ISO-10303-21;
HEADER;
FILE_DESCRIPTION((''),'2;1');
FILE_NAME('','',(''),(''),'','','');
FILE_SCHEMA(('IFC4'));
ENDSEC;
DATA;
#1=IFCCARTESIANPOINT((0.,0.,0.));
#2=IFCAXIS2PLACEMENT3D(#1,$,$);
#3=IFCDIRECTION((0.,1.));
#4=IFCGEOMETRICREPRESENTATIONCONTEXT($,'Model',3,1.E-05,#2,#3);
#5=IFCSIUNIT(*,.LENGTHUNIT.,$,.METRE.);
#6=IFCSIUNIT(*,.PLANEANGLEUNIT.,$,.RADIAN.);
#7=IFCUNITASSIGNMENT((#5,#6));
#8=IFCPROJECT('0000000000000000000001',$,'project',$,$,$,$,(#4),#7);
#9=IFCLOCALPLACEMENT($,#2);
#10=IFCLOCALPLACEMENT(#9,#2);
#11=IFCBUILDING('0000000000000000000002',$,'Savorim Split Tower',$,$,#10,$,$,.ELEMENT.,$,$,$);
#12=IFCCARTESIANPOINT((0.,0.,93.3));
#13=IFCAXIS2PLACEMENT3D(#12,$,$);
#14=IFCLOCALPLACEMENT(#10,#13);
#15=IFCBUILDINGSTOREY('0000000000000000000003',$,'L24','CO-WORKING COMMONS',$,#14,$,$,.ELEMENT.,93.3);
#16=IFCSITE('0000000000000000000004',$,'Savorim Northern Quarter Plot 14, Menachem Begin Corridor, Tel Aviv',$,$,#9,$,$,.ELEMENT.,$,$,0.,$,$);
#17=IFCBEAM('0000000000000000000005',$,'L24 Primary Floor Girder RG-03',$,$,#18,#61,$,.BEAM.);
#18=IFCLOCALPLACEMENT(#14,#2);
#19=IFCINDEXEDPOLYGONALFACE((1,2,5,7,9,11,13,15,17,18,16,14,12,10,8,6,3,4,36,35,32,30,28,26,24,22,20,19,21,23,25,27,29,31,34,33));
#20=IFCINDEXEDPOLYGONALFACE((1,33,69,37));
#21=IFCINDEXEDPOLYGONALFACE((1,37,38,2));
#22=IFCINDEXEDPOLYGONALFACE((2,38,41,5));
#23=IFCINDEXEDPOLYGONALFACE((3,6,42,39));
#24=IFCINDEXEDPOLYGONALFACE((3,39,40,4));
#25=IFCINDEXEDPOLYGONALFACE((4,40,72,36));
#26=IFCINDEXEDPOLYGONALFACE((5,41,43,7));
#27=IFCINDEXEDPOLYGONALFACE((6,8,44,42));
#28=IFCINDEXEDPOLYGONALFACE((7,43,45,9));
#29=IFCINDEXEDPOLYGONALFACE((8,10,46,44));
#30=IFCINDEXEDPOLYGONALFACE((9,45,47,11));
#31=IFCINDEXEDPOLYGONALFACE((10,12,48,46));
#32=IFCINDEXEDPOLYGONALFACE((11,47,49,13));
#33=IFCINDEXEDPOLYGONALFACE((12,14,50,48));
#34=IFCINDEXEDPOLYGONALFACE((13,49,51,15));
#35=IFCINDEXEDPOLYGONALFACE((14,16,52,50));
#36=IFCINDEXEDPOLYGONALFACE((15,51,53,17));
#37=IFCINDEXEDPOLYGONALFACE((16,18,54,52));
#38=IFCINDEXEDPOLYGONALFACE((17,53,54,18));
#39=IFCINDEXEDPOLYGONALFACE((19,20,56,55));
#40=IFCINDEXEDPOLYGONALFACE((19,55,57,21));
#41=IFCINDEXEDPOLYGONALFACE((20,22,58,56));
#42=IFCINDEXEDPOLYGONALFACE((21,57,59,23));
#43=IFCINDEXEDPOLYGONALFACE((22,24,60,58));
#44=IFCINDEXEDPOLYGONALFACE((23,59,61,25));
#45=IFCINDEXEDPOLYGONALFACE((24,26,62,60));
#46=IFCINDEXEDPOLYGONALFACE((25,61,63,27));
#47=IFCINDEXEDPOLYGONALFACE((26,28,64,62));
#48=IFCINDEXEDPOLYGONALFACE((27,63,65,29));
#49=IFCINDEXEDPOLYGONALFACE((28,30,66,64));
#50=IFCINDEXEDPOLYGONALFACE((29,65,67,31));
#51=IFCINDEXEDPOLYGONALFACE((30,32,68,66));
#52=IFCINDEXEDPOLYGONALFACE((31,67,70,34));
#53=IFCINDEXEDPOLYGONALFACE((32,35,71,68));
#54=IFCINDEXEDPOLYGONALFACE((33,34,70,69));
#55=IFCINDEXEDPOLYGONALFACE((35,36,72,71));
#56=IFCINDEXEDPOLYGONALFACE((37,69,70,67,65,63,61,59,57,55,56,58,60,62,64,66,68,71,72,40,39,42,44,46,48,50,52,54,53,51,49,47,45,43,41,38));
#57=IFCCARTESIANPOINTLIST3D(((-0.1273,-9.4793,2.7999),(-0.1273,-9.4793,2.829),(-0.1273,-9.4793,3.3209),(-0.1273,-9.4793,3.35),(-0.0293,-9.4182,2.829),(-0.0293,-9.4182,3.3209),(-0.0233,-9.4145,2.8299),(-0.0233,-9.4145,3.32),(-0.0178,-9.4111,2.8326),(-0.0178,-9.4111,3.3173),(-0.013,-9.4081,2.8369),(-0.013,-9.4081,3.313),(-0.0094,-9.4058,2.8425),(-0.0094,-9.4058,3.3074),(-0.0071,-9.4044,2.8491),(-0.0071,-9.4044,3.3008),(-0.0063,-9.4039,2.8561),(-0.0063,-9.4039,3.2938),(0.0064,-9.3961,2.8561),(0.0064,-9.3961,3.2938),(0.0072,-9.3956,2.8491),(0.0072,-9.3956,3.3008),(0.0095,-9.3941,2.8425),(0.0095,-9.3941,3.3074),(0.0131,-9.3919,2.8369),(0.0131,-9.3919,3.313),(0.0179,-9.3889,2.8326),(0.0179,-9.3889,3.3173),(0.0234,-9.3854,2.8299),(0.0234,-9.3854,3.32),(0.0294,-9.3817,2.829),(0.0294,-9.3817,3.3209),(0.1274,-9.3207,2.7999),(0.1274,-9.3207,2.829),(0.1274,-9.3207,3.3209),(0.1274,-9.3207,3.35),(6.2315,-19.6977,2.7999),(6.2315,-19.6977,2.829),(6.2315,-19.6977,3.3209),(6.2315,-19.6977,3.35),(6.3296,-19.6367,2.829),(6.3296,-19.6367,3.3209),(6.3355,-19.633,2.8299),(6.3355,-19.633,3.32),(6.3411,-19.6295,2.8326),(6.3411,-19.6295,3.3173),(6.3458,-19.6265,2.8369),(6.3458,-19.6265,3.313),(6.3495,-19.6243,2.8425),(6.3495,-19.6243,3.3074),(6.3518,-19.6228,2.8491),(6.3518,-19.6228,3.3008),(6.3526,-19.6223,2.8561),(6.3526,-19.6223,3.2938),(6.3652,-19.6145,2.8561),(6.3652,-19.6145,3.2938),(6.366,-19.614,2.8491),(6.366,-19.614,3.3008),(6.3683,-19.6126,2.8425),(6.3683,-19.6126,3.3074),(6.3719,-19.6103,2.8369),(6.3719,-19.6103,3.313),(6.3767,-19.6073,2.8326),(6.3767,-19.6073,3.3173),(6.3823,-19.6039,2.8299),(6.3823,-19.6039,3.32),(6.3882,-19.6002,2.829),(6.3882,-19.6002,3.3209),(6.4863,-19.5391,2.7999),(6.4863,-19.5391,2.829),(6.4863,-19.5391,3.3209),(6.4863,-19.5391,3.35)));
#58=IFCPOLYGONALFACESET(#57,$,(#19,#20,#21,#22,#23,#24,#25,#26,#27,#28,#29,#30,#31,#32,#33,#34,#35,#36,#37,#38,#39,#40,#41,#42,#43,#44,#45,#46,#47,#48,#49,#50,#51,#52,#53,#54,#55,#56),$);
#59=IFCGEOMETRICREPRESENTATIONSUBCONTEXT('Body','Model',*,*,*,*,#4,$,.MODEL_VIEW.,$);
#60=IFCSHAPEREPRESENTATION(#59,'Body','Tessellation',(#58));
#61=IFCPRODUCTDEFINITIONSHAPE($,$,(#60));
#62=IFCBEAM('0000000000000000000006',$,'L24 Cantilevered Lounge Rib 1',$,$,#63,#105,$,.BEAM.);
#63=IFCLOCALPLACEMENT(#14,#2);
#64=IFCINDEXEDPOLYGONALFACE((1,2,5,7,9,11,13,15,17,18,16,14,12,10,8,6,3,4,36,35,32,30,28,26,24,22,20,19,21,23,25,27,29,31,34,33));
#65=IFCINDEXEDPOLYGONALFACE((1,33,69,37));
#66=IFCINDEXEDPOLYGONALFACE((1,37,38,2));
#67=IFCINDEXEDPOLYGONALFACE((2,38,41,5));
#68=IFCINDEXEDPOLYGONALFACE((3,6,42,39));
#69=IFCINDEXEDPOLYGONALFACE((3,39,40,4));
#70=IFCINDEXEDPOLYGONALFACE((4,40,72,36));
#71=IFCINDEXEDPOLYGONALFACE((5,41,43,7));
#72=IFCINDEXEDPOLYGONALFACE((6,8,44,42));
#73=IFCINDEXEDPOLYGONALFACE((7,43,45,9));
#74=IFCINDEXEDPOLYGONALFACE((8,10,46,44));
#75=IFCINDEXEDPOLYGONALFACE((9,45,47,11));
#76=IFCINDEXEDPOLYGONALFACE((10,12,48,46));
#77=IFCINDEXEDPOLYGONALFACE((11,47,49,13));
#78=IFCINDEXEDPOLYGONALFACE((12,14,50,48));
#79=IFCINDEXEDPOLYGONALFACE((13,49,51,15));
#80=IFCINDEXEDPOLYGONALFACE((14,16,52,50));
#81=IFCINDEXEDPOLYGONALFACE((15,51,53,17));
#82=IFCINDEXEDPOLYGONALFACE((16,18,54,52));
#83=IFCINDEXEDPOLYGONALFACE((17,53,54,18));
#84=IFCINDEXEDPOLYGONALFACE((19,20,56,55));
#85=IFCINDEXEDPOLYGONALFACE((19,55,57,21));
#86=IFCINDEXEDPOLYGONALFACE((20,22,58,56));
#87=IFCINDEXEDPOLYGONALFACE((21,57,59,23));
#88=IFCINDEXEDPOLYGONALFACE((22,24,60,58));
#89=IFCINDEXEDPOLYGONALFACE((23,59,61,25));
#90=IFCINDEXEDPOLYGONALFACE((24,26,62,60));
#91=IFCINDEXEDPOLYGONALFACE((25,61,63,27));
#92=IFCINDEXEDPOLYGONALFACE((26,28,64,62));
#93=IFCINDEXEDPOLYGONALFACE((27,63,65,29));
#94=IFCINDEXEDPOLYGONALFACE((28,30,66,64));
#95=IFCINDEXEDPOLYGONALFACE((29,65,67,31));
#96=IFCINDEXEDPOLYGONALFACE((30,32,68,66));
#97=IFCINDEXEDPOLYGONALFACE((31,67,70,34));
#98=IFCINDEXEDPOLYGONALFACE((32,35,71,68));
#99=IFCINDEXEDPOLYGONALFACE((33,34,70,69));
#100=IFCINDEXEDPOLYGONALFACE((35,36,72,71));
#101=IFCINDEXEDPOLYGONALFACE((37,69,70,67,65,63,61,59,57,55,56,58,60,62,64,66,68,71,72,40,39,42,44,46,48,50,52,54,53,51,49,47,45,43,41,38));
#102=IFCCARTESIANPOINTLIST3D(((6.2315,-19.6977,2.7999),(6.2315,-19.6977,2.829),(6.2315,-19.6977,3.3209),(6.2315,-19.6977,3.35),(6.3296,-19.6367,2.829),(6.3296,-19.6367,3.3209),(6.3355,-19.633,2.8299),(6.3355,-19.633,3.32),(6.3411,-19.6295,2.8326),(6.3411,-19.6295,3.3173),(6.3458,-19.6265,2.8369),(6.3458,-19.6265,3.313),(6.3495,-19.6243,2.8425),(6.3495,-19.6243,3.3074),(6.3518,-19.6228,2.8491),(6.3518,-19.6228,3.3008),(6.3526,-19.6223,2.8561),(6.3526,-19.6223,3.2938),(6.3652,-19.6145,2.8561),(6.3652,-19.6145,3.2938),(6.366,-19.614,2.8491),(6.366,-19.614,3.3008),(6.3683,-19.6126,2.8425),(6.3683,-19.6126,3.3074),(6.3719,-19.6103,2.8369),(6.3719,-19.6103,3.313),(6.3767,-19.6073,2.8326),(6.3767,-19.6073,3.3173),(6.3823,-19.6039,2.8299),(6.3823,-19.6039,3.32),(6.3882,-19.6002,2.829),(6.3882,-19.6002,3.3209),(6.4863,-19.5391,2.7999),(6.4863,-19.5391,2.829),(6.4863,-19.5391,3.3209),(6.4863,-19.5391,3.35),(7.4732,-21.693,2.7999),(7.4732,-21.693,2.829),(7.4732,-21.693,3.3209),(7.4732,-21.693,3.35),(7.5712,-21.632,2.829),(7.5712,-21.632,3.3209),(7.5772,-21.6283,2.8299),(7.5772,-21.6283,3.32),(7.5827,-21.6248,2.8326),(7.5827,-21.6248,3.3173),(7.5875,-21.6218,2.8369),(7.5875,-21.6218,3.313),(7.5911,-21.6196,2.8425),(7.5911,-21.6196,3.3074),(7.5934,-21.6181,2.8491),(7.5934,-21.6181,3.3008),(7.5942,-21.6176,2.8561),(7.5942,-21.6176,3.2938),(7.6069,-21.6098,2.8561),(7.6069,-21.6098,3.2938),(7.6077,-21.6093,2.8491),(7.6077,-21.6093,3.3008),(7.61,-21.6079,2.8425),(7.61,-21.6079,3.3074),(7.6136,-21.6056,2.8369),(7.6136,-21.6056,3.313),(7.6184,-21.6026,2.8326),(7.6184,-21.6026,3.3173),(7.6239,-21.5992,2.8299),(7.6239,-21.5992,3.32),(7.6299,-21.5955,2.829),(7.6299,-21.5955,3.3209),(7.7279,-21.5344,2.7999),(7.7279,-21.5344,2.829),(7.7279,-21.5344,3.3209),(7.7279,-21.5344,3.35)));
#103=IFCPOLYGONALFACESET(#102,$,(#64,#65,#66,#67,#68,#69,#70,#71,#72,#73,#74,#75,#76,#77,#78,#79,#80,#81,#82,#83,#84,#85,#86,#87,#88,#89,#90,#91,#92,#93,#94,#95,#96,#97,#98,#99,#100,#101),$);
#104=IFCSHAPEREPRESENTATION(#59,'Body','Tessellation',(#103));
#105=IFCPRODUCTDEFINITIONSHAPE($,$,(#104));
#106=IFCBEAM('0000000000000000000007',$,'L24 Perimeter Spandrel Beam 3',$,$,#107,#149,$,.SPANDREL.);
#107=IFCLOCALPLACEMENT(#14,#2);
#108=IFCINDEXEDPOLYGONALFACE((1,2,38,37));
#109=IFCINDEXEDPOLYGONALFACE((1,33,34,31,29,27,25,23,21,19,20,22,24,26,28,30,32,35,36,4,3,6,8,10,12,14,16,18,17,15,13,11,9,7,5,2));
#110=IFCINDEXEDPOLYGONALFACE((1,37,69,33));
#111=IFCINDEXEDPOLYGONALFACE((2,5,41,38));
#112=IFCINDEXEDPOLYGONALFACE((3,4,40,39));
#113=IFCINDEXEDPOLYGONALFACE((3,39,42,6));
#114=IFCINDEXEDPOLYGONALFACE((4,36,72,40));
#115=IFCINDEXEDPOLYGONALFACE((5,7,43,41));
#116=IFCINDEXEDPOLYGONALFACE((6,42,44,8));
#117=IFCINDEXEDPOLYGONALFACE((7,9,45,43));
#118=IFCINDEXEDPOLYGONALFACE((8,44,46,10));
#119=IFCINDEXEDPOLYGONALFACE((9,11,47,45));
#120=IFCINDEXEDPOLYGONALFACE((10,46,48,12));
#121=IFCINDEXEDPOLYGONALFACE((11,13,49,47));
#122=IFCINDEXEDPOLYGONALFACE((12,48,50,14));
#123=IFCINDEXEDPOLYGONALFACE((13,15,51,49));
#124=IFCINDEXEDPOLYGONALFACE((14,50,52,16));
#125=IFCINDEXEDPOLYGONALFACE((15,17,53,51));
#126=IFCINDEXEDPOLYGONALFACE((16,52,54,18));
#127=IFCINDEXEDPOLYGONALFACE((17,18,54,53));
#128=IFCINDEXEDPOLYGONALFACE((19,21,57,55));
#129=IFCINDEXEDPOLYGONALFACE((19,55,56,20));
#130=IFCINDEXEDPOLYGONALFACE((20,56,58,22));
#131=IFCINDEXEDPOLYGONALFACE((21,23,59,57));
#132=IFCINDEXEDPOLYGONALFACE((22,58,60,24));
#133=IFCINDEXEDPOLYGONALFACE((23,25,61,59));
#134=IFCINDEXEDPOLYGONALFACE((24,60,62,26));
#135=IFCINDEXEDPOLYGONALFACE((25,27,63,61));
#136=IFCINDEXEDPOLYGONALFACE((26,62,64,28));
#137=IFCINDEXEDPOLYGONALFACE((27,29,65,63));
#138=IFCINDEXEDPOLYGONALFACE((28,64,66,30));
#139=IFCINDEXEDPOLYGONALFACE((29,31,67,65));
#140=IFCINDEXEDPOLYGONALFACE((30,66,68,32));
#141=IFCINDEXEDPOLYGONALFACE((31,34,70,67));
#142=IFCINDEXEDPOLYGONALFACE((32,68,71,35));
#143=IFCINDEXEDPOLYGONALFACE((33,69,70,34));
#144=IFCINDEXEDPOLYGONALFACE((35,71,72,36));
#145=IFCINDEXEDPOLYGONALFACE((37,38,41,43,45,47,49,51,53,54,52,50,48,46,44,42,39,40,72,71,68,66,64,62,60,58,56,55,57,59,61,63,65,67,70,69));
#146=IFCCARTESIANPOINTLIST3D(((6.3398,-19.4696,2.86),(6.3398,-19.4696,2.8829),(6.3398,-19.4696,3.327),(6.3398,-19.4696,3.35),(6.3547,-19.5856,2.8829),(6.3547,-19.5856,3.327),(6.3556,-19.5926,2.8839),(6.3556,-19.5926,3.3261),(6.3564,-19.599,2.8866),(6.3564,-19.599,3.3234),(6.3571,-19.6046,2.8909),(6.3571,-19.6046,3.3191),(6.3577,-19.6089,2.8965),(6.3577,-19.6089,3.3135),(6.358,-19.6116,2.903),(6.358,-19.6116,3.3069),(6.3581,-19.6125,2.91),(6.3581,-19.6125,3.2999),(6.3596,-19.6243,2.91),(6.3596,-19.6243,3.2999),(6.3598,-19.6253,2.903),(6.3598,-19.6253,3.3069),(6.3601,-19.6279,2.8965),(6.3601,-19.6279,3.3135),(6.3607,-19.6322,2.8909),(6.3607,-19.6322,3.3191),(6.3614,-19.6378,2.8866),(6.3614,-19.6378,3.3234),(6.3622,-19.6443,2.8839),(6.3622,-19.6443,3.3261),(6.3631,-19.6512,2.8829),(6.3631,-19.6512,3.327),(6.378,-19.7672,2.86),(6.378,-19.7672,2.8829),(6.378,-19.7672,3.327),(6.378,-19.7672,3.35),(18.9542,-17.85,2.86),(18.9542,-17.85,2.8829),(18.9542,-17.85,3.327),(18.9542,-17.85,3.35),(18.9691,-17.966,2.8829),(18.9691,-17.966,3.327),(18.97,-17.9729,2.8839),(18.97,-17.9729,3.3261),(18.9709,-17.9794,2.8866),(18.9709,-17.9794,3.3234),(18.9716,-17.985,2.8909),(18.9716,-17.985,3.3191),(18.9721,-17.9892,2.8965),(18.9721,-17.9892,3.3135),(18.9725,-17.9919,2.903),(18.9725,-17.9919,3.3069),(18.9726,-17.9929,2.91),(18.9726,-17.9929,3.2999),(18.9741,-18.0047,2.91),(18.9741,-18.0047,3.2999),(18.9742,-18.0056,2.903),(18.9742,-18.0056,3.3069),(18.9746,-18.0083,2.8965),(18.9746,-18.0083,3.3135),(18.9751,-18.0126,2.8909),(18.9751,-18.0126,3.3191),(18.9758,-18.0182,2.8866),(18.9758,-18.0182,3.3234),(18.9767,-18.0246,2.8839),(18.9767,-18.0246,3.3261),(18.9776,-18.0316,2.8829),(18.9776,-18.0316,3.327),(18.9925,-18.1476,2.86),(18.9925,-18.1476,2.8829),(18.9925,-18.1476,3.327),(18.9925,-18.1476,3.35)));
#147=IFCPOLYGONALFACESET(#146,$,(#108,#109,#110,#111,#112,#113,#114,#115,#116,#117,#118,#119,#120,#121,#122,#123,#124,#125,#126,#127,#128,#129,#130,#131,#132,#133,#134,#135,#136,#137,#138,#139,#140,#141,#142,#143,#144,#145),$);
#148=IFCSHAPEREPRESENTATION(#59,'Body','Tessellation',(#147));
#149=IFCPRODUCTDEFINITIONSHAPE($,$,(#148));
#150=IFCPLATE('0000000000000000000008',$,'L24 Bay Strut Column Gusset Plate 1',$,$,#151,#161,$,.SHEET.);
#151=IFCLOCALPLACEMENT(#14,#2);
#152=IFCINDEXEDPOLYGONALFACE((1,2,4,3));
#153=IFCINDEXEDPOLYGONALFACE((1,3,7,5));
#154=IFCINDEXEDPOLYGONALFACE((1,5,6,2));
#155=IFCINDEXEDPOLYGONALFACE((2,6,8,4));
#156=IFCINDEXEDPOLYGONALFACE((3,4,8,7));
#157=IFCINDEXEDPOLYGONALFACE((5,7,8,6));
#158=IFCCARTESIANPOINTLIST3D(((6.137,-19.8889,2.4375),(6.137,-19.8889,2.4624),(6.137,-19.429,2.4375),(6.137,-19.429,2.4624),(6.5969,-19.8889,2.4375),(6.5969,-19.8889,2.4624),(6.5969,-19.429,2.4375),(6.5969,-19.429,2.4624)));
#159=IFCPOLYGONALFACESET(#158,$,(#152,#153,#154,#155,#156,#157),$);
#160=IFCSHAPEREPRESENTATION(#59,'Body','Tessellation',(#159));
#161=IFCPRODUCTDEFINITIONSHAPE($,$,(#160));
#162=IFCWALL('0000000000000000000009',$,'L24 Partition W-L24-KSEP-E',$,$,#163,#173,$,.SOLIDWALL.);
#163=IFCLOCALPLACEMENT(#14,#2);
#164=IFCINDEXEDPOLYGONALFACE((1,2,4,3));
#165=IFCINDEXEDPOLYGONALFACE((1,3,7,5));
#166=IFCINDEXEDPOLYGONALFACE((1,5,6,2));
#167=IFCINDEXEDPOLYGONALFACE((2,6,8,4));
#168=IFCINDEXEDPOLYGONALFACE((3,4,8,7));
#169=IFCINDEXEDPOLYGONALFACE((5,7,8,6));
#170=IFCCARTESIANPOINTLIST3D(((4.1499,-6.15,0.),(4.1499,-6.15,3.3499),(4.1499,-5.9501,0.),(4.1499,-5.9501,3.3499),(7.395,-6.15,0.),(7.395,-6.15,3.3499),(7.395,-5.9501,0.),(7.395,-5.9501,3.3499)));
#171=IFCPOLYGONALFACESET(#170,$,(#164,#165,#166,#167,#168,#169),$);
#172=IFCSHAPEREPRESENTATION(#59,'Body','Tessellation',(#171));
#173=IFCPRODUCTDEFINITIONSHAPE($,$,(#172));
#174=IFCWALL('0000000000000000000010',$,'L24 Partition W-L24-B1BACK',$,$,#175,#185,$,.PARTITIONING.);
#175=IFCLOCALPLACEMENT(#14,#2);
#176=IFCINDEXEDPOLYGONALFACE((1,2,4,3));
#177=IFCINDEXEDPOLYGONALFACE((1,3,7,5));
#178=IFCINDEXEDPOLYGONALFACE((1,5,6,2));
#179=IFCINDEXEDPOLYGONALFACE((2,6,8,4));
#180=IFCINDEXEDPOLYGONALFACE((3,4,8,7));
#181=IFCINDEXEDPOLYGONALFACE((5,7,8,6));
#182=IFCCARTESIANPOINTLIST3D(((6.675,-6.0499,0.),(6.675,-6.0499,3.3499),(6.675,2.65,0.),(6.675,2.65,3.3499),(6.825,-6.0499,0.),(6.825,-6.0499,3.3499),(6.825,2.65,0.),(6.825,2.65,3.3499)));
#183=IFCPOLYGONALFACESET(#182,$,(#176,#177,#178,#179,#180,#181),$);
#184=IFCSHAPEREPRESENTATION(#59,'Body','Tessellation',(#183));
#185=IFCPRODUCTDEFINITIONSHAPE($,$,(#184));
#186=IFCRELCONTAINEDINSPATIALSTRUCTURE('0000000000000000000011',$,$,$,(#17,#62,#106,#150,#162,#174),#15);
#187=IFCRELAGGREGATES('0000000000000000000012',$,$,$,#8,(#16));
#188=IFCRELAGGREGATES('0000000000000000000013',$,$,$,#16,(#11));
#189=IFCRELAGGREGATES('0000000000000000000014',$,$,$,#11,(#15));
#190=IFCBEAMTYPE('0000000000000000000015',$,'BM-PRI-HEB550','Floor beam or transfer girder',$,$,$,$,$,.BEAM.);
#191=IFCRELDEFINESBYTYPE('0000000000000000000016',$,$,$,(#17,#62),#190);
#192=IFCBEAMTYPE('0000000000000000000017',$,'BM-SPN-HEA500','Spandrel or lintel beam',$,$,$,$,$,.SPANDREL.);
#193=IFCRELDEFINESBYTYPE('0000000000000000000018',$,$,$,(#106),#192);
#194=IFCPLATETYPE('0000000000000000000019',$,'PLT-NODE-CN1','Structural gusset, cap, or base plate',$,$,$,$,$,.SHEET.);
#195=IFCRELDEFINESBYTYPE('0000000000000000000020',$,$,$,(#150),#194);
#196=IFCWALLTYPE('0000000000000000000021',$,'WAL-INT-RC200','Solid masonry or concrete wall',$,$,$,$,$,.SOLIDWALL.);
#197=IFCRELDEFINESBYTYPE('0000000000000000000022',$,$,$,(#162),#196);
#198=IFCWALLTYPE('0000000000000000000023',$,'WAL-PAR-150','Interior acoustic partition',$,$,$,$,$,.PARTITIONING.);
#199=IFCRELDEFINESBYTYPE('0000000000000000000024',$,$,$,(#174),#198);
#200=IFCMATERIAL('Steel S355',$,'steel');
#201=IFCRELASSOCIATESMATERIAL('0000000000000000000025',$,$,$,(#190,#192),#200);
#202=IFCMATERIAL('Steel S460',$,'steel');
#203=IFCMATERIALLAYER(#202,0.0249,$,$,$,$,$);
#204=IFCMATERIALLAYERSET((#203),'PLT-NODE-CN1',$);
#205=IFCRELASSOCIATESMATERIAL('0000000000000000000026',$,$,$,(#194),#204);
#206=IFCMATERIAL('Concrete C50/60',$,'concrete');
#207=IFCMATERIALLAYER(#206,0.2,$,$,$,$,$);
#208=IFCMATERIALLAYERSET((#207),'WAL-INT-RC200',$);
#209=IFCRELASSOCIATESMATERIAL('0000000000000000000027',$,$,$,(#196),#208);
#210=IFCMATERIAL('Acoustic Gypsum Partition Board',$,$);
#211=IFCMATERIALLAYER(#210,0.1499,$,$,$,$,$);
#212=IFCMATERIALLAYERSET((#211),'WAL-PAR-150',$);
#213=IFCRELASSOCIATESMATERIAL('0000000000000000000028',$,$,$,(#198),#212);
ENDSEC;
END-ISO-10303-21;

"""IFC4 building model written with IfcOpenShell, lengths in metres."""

from ifc_helpers import new_model, si_unit, direction, frame, frame_2d, origin, origin_2d, place, context, subcontext, project, spatial, rectangle, i_section, extrude, material, layer, layer_set, material_profile, profile_set, type_object, element, save


model = new_model("IFC4")

# Units and contexts
model_context = context("Model", 3, precision=1e-05, world=origin(), true_north=direction((0.0, 1.0)))
body_context = subcontext(model_context, "Body", "Model", "MODEL_VIEW")
ifc_project = project(units=[si_unit("LENGTHUNIT", "METRE"), si_unit("PLANEANGLEUNIT", "RADIAN")], contexts=[model_context])

# Site, building, storey
site_placement = place(None, origin())
site = spatial("IfcSite", under=ifc_project, at=site_placement, Name="Savorim Northern Quarter Plot 14, Menachem Begin Corridor, Tel Aviv", CompositionType="ELEMENT", RefElevation=0.0)
building_placement = place(site_placement, origin())
building = spatial("IfcBuilding", under=site, at=building_placement, Name="Savorim Split Tower", CompositionType="ELEMENT")
storey_placement = place(building_placement, frame((0.0, 0.0, 93.3)))
storey = spatial("IfcBuildingStorey", under=building, at=storey_placement, Name="L24", Description="CO-WORKING COMMONS", CompositionType="ELEMENT", Elevation=93.3)

# Shared definitions
ifc_material_1 = material(Name="Steel S460", Category="steel")

# Beams
ifc_material_2 = material(Name="Steel S355", Category="steel")
ifc_material_profile_1 = material_profile(ifc_material_2, i_section(OverallWidth=0.3, OverallDepth=0.55, WebThickness=0.0149, FlangeThickness=0.0291, FilletRadius=0.0271, at=origin_2d()), Name="HEB 550")
ifc_profile_set_1 = profile_set([ifc_material_profile_1], Name="Steel S355")
beam_type_1 = type_object("IfcBeamType", Name="BM-PRI-HEB550", Description="Floor beam or transfer girder", PredefinedType="BEAM", material=ifc_profile_set_1)
beam_1_placement = place(storey_placement, frame((6.3589, -19.6184, 3.075), z_axis=(-0.528344, 0.84903, 0.0), x_axis=(-0.84903, -0.528344, 0.0)))
element("IfcBeam", 1, at=beam_1_placement, inside=storey, type_object=beam_type_1, Name="L24 Primary Floor Girder RG-03", PredefinedType="BEAM", context=body_context, shape_type="SweptSolid", body=[
    extrude(i_section(OverallWidth=0.3, OverallDepth=0.55, WebThickness=0.0149, FlangeThickness=0.0291, FilletRadius=0.0271, at=origin_2d()), origin(), (0.0, 0.0, 1.0), 12.0354),
])
beam_2_placement = place(storey_placement, frame((6.3589, -19.6184, 3.075), z_axis=(0.528345, -0.84903, 0.0), x_axis=(0.84903, 0.528345, 0.0)))
element("IfcBeam", 2, at=beam_2_placement, inside=storey, type_object=beam_type_1, Name="L24 Cantilevered Lounge Rib 1", PredefinedType="BEAM", context=body_context, shape_type="SweptSolid", body=[
    extrude(i_section(OverallWidth=0.3, OverallDepth=0.55, WebThickness=0.0149, FlangeThickness=0.0291, FilletRadius=0.0271, at=origin_2d()), origin(), (0.0, 0.0, 1.0), 2.3501),
])
ifc_material_profile_2 = material_profile(ifc_material_2, i_section(OverallWidth=0.3, OverallDepth=0.49, WebThickness=0.012, FlangeThickness=0.0229, FilletRadius=0.0271, at=origin_2d()), Name="HEA 500")
ifc_profile_set_2 = profile_set([ifc_material_profile_2], Name="Steel S355")
beam_type_2 = type_object("IfcBeamType", Name="BM-SPN-HEA500", Description="Spandrel or lintel beam", PredefinedType="SPANDREL", material=ifc_profile_set_2)
beam_3_placement = place(storey_placement, frame((6.3589, -19.6184, 3.105), z_axis=(0.991858, 0.127349, 0.0), x_axis=(-0.127349, 0.991858, 0.0)))
element("IfcBeam", 3, at=beam_3_placement, inside=storey, type_object=beam_type_2, Name="L24 Perimeter Spandrel Beam 3", PredefinedType="SPANDREL", context=body_context, shape_type="SweptSolid", body=[
    extrude(i_section(OverallWidth=0.3, OverallDepth=0.49, WebThickness=0.012, FlangeThickness=0.0229, FilletRadius=0.0271, at=origin_2d()), origin(), (0.0, 0.0, 1.0), 12.718),
])

# Plate
ifc_layer_1 = layer(ifc_material_1, 0.0249)
ifc_layer_set_1 = layer_set([ifc_layer_1], Name="PLT-NODE-CN1")
plate_type = type_object("IfcPlateType", Name="PLT-NODE-CN1", Description="Structural gusset, cap, or base plate", PredefinedType="SHEET", material=ifc_layer_set_1)
plate_placement = place(storey_placement, frame((6.3669, -19.6589, 2.4375), z_axis=(0.0, 0.0, 1.0), x_axis=(1.0, 0.0, 0.0)))
element("IfcPlate", 4, at=plate_placement, inside=storey, type_object=plate_type, Name="L24 Bay Strut Column Gusset Plate 1", PredefinedType="SHEET", context=body_context, shape_type="SweptSolid", body=[
    extrude(rectangle(XDim=0.46, YDim=0.46, at=origin_2d()), origin(), (0.0, 0.0, 1.0), 0.0249),
])

# Shared definitions
ifc_material_3 = material(Name="Concrete C50/60", Category="concrete")
ifc_layer_2 = layer(ifc_material_3, 0.2)
ifc_layer_set_2 = layer_set([ifc_layer_2], Name="WAL-INT-RC200")
wall_type_1 = type_object("IfcWallType", Name="WAL-INT-RC200", Description="Solid masonry or concrete wall", PredefinedType="SOLIDWALL", material=ifc_layer_set_2)

# Walls
wall_1_placement = place(storey_placement, frame((4.1499, -6.05, 0.0), z_axis=(0.0, 0.0, 1.0), x_axis=(1.0, 0.0, 0.0)))
element("IfcWall", 5, at=wall_1_placement, inside=storey, type_object=wall_type_1, Name="L24 Partition W-L24-KSEP-E", PredefinedType="SOLIDWALL", context=body_context, shape_type="SweptSolid", body=[
    extrude(rectangle(XDim=3.2451, YDim=0.2, at=frame_2d((1.6226, 0.0))), origin(), (0.0, 0.0, 1.0), 3.3499),
])
ifc_material_4 = material(Name="Acoustic Gypsum Partition Board")
ifc_layer_3 = layer(ifc_material_4, 0.1499)
ifc_layer_set_3 = layer_set([ifc_layer_3], Name="WAL-PAR-150")
wall_type_2 = type_object("IfcWallType", Name="WAL-PAR-150", Description="Interior acoustic partition", PredefinedType="PARTITIONING", material=ifc_layer_set_3)
wall_2_placement = place(storey_placement, frame((6.75, -6.05, 0.0), z_axis=(0.0, 0.0, 1.0), x_axis=(0.0, 1.0, 0.0)))
element("IfcWall", 6, at=wall_2_placement, inside=storey, type_object=wall_type_2, Name="L24 Partition W-L24-B1BACK", PredefinedType="PARTITIONING", context=body_context, shape_type="SweptSolid", body=[
    extrude(rectangle(XDim=8.7, YDim=0.1499, at=frame_2d((4.3501, 0.0))), origin(), (0.0, 0.0, 1.0), 3.3499),
])

save(model, "model.ifc")
